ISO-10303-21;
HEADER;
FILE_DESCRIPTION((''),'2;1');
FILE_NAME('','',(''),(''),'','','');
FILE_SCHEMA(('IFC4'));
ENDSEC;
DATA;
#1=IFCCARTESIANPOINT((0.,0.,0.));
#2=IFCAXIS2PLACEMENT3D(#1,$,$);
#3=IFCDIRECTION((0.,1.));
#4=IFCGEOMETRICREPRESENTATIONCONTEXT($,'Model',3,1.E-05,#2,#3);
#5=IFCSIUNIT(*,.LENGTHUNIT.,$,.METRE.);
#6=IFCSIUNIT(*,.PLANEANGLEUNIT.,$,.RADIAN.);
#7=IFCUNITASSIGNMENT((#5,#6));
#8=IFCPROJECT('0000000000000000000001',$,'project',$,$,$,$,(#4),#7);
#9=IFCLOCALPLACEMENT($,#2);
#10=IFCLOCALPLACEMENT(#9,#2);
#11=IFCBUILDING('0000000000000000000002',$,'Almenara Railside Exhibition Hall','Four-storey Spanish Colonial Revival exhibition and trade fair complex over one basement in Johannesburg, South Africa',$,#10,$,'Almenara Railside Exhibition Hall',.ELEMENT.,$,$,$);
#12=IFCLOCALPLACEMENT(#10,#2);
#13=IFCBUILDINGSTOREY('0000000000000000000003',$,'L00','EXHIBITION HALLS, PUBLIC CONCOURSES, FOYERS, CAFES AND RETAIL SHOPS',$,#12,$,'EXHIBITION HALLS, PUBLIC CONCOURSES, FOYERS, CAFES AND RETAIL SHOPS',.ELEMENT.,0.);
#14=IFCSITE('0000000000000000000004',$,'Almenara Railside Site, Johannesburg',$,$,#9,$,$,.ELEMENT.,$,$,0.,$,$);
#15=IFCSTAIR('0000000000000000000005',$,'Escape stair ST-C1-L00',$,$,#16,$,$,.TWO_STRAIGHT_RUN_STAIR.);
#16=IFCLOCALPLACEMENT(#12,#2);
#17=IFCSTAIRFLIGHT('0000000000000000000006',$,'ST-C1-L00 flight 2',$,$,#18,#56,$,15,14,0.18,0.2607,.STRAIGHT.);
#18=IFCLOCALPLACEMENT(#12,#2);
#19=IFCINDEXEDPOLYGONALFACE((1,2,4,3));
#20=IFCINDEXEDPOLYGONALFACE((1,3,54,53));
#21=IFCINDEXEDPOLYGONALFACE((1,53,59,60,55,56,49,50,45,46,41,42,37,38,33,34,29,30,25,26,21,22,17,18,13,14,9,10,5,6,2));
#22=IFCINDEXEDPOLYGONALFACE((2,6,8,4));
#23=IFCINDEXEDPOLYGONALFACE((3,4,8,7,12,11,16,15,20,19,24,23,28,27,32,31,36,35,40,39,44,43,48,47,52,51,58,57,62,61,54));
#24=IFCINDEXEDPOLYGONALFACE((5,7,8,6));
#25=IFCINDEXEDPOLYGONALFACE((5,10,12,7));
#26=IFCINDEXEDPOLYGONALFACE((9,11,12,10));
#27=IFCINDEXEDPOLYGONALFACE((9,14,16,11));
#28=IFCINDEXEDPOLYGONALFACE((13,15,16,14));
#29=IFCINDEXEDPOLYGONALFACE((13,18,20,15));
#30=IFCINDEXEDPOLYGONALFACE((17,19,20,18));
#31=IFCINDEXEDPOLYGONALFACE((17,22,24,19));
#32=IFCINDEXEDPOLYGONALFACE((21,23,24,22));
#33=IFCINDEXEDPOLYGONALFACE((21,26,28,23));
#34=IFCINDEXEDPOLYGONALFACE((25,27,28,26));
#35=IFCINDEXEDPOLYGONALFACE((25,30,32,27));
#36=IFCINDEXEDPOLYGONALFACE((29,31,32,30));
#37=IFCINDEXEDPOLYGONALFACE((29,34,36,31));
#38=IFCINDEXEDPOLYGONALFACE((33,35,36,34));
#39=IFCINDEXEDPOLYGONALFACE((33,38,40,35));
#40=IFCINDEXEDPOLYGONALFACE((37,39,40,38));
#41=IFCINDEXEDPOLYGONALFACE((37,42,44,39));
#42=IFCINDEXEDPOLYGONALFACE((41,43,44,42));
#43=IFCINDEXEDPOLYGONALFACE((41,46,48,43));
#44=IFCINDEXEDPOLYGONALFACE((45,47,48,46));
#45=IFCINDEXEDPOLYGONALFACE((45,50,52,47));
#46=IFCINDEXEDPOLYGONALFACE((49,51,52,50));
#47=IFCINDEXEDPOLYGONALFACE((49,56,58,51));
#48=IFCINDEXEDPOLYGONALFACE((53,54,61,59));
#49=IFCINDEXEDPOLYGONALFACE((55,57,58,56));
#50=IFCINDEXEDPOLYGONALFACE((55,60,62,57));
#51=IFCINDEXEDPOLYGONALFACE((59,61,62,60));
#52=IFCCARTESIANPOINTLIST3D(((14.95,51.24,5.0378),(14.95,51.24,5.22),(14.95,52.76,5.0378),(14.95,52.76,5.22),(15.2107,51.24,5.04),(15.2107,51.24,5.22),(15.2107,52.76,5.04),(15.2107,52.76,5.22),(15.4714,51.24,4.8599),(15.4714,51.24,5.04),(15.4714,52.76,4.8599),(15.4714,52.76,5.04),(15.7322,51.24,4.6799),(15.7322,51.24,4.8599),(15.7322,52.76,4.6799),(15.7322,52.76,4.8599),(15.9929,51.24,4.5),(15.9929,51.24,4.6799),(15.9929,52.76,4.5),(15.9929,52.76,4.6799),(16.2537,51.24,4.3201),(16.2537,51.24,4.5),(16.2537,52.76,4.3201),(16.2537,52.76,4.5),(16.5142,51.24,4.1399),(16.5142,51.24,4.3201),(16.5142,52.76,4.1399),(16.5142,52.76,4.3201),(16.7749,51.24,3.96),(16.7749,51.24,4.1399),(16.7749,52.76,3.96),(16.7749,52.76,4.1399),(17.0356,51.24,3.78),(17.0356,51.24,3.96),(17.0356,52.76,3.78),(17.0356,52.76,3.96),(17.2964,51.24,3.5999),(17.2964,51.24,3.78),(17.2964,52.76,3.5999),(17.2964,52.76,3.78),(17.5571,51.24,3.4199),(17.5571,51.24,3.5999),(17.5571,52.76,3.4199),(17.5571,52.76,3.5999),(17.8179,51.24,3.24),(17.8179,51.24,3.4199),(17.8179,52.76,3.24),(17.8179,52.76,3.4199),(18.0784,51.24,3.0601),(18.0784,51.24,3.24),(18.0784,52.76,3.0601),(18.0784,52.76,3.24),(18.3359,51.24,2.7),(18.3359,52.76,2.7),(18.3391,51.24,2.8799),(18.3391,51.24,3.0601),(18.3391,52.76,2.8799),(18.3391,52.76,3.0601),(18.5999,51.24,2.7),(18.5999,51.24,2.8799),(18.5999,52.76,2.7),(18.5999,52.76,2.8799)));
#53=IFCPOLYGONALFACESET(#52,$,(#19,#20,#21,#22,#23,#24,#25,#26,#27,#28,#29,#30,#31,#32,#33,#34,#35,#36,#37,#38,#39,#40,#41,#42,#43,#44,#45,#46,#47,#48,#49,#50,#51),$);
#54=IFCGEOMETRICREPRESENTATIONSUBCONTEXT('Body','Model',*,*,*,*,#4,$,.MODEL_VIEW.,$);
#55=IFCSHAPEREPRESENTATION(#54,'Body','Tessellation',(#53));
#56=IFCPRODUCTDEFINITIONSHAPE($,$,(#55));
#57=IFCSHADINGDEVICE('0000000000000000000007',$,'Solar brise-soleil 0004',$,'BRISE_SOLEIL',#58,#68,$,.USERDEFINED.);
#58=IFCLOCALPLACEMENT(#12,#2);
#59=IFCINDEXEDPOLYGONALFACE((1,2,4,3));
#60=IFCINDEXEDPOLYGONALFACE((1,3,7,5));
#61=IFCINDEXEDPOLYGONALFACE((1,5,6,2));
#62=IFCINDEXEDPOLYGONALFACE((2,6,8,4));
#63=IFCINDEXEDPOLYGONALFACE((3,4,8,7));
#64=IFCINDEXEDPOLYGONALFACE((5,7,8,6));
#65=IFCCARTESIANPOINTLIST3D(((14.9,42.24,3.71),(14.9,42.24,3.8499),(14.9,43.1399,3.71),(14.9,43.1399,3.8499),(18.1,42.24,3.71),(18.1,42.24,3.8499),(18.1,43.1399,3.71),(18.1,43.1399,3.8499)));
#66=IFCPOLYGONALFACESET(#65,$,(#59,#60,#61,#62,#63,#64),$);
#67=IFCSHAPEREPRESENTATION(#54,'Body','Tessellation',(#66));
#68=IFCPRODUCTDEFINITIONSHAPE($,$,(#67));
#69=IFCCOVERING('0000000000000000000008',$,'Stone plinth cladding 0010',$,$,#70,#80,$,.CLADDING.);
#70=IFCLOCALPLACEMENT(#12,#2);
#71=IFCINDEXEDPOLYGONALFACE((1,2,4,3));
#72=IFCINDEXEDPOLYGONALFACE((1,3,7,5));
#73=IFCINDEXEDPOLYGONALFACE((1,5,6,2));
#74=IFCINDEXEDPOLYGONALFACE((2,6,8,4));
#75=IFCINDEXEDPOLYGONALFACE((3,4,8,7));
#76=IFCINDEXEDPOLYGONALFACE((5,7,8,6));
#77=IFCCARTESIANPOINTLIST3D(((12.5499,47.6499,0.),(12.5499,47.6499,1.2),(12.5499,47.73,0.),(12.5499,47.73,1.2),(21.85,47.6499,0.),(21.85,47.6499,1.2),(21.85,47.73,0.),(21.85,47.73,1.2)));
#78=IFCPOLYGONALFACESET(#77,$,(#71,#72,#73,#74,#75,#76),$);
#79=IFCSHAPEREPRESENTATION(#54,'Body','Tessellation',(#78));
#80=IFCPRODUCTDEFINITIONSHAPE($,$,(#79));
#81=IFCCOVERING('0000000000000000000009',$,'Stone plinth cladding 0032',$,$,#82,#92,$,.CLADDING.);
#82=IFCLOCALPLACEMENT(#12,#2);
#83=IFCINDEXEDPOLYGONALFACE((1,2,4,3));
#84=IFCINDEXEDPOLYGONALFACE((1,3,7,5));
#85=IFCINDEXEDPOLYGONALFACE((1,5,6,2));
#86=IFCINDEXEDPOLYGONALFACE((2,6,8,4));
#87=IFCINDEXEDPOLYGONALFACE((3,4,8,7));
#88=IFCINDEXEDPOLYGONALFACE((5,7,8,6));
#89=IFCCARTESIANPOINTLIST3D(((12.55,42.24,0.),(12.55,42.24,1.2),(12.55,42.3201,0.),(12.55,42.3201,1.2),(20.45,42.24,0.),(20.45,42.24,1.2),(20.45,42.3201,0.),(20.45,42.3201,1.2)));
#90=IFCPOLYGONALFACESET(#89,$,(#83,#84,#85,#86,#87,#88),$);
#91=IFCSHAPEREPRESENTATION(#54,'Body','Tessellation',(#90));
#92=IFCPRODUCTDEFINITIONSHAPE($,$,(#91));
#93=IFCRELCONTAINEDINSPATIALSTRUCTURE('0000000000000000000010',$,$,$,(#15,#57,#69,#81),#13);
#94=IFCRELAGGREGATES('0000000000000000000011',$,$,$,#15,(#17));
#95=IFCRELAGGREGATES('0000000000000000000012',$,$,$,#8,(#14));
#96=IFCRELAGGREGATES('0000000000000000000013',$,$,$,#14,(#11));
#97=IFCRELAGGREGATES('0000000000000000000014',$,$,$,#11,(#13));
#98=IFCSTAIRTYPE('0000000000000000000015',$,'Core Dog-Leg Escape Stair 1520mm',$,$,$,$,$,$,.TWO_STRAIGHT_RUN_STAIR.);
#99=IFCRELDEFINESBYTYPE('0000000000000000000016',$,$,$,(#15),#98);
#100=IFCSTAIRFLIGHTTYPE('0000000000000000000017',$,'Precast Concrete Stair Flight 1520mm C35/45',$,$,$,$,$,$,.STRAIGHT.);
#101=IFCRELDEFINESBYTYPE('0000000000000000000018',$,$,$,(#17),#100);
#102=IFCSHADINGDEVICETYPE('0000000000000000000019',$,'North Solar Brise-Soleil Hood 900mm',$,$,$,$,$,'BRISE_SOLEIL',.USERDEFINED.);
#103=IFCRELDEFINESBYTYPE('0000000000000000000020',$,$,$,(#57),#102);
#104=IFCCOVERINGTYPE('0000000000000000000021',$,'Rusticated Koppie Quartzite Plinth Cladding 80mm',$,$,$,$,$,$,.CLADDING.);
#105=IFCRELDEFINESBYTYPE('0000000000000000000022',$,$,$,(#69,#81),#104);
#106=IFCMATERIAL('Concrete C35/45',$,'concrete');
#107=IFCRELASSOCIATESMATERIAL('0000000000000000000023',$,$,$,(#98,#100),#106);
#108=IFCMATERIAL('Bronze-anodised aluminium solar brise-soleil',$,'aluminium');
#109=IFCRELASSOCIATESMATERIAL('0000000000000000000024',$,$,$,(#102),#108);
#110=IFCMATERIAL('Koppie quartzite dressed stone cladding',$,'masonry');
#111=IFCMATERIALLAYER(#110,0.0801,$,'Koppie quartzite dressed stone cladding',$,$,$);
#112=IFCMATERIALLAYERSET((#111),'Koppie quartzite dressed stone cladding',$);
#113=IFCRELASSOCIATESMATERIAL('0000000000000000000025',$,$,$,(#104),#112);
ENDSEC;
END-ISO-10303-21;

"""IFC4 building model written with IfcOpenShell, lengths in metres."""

from ifc_helpers import new_model, si_unit, direction, frame, origin, origin_2d, place, context, subcontext, project, spatial, polyline, rectangle, outline, extrude, material, layer, layer_set, type_object, element, aggregate, save


model = new_model("IFC4")

# Units and contexts
model_context = context("Model", 3, precision=1e-05, world=origin(), true_north=direction((0.0, 1.0)))
body_context = subcontext(model_context, "Body", "Model", "MODEL_VIEW")
ifc_project = project(units=[si_unit("LENGTHUNIT", "METRE"), si_unit("PLANEANGLEUNIT", "RADIAN")], contexts=[model_context])

# Site, building, storey
site_placement = place(None, origin())
site = spatial("IfcSite", under=ifc_project, at=site_placement, Name="Almenara Railside Site, Johannesburg", CompositionType="ELEMENT", RefElevation=0.0)
building_placement = place(site_placement, origin())
building = spatial("IfcBuilding", under=site, at=building_placement, Name="Almenara Railside Exhibition Hall", Description="Four-storey Spanish Colonial Revival exhibition and trade fair complex over one basement in Johannesburg, South Africa", LongName="Almenara Railside Exhibition Hall", CompositionType="ELEMENT")
storey_placement = place(building_placement, origin())
storey = spatial("IfcBuildingStorey", under=building, at=storey_placement, Name="L00", Description="EXHIBITION HALLS, PUBLIC CONCOURSES, FOYERS, CAFES AND RETAIL SHOPS", LongName="EXHIBITION HALLS, PUBLIC CONCOURSES, FOYERS, CAFES AND RETAIL SHOPS", CompositionType="ELEMENT", Elevation=0.0)

# Shared definitions
ifc_material_1 = material(Name="Concrete C35/45", Category="concrete")

# Stair, stair flight
stair_type = type_object("IfcStairType", Name="Core Dog-Leg Escape Stair 1520mm", PredefinedType="TWO_STRAIGHT_RUN_STAIR", material=ifc_material_1)
stair_placement = place(storey_placement, origin())
stair = element("IfcStair", 1, at=stair_placement, inside=storey, type_object=stair_type, Name="Escape stair ST-C1-L00", PredefinedType="TWO_STRAIGHT_RUN_STAIR")
stair_flight_type = type_object("IfcStairFlightType", Name="Precast Concrete Stair Flight 1520mm C35/45", PredefinedType="STRAIGHT", material=ifc_material_1)
stair_flight_1_placement = place(storey_placement, frame((18.5999, 52.0, 2.7), z_axis=(0.0, 0.0, 1.0), x_axis=(-1.0, 0.0, 0.0)))
stair_flight_1 = element("IfcStairFlight", 2, at=stair_flight_1_placement, type_object=stair_flight_type, Name="ST-C1-L00 flight 2", NumberOfRisers=15, NumberOfTreads=14, PredefinedType="STRAIGHT", RiserHeight=0.18, TreadLength=0.2607, context=body_context, shape_type="SweptSolid", body=[
    extrude(outline(polyline([(0.0, 0.0), (0.0, 0.1799), (0.2607, 0.1799), (0.2607, 0.3601), (0.5215, 0.3601), (0.5215, 0.54), (0.782, 0.54), (0.782, 0.72), (1.0427, 0.72), (1.0427, 0.8999), (1.3035, 0.8999), (1.3035, 1.0801), (1.5642, 1.0801), (1.5642, 1.26), (1.825, 1.26), (1.825, 1.4399), (2.0857, 1.4399), (2.0857, 1.6201), (2.3462, 1.6201), (2.3462, 1.8), (2.6069, 1.8), (2.6069, 1.98), (2.8677, 1.98), (2.8677, 2.1599), (3.1284, 2.1599), (3.1284, 2.3401), (3.3892, 2.3401), (3.3892, 2.52), (3.6499, 2.52), (3.6499, 2.7), (3.6499, 2.3379), (0.2639, 0.0), (0.0, 0.0)])), frame((0.0, 0.76, 0.0), z_axis=(0.0, -1.0, 0.0), x_axis=(1.0, 0.0, 0.0)), (0.0, 0.0, 1.0), 1.52),
])
aggregate(stair, [stair_flight_1])

# Shading device
ifc_material_2 = material(Name="Bronze-anodised aluminium solar brise-soleil", Category="aluminium")
shading_device_type = type_object("IfcShadingDeviceType", Name="North Solar Brise-Soleil Hood 900mm", ElementType="BRISE_SOLEIL", PredefinedType="USERDEFINED", material=ifc_material_2)
shading_device_placement = place(storey_placement, frame((16.5, 42.6899, 3.71), z_axis=(0.0, 0.0, 1.0), x_axis=(-1.0, 0.0, 0.0)))
element("IfcShadingDevice", 3, at=shading_device_placement, inside=storey, type_object=shading_device_type, Name="Solar brise-soleil 0004", ObjectType="BRISE_SOLEIL", PredefinedType="USERDEFINED", context=body_context, shape_type="SweptSolid", body=[
    extrude(rectangle(XDim=3.2, YDim=0.8999, at=origin_2d()), origin(), (0.0, 0.0, 1.0), 0.1399),
])

# Coverings
ifc_material_3 = material(Name="Koppie quartzite dressed stone cladding", Category="masonry")
ifc_layer_1 = layer(ifc_material_3, 0.0801, Name="Koppie quartzite dressed stone cladding")
ifc_layer_set_1 = layer_set([ifc_layer_1], Name="Koppie quartzite dressed stone cladding")
covering_type = type_object("IfcCoveringType", Name="Rusticated Koppie Quartzite Plinth Cladding 80mm", PredefinedType="CLADDING", material=ifc_layer_set_1)
covering_1_placement = place(storey_placement, frame((17.2, 47.6899, 0.0), z_axis=(0.0, 0.0, 1.0), x_axis=(1.0, 0.0, 0.0)))
element("IfcCovering", 4, at=covering_1_placement, inside=storey, type_object=covering_type, Name="Stone plinth cladding 0010", PredefinedType="CLADDING", context=body_context, shape_type="SweptSolid", body=[
    extrude(rectangle(XDim=9.3, YDim=0.0801, at=origin_2d()), origin(), (0.0, 0.0, 1.0), 1.2),
])
covering_2_placement = place(storey_placement, frame((16.5, 42.28, 0.0), z_axis=(0.0, 0.0, 1.0), x_axis=(-1.0, 0.0, 0.0)))
element("IfcCovering", 5, at=covering_2_placement, inside=storey, type_object=covering_type, Name="Stone plinth cladding 0032", PredefinedType="CLADDING", context=body_context, shape_type="SweptSolid", body=[
    extrude(rectangle(XDim=7.8999, YDim=0.0801, at=origin_2d()), origin(), (0.0, 0.0, 1.0), 1.2),
])

save(model, "model.ifc")
